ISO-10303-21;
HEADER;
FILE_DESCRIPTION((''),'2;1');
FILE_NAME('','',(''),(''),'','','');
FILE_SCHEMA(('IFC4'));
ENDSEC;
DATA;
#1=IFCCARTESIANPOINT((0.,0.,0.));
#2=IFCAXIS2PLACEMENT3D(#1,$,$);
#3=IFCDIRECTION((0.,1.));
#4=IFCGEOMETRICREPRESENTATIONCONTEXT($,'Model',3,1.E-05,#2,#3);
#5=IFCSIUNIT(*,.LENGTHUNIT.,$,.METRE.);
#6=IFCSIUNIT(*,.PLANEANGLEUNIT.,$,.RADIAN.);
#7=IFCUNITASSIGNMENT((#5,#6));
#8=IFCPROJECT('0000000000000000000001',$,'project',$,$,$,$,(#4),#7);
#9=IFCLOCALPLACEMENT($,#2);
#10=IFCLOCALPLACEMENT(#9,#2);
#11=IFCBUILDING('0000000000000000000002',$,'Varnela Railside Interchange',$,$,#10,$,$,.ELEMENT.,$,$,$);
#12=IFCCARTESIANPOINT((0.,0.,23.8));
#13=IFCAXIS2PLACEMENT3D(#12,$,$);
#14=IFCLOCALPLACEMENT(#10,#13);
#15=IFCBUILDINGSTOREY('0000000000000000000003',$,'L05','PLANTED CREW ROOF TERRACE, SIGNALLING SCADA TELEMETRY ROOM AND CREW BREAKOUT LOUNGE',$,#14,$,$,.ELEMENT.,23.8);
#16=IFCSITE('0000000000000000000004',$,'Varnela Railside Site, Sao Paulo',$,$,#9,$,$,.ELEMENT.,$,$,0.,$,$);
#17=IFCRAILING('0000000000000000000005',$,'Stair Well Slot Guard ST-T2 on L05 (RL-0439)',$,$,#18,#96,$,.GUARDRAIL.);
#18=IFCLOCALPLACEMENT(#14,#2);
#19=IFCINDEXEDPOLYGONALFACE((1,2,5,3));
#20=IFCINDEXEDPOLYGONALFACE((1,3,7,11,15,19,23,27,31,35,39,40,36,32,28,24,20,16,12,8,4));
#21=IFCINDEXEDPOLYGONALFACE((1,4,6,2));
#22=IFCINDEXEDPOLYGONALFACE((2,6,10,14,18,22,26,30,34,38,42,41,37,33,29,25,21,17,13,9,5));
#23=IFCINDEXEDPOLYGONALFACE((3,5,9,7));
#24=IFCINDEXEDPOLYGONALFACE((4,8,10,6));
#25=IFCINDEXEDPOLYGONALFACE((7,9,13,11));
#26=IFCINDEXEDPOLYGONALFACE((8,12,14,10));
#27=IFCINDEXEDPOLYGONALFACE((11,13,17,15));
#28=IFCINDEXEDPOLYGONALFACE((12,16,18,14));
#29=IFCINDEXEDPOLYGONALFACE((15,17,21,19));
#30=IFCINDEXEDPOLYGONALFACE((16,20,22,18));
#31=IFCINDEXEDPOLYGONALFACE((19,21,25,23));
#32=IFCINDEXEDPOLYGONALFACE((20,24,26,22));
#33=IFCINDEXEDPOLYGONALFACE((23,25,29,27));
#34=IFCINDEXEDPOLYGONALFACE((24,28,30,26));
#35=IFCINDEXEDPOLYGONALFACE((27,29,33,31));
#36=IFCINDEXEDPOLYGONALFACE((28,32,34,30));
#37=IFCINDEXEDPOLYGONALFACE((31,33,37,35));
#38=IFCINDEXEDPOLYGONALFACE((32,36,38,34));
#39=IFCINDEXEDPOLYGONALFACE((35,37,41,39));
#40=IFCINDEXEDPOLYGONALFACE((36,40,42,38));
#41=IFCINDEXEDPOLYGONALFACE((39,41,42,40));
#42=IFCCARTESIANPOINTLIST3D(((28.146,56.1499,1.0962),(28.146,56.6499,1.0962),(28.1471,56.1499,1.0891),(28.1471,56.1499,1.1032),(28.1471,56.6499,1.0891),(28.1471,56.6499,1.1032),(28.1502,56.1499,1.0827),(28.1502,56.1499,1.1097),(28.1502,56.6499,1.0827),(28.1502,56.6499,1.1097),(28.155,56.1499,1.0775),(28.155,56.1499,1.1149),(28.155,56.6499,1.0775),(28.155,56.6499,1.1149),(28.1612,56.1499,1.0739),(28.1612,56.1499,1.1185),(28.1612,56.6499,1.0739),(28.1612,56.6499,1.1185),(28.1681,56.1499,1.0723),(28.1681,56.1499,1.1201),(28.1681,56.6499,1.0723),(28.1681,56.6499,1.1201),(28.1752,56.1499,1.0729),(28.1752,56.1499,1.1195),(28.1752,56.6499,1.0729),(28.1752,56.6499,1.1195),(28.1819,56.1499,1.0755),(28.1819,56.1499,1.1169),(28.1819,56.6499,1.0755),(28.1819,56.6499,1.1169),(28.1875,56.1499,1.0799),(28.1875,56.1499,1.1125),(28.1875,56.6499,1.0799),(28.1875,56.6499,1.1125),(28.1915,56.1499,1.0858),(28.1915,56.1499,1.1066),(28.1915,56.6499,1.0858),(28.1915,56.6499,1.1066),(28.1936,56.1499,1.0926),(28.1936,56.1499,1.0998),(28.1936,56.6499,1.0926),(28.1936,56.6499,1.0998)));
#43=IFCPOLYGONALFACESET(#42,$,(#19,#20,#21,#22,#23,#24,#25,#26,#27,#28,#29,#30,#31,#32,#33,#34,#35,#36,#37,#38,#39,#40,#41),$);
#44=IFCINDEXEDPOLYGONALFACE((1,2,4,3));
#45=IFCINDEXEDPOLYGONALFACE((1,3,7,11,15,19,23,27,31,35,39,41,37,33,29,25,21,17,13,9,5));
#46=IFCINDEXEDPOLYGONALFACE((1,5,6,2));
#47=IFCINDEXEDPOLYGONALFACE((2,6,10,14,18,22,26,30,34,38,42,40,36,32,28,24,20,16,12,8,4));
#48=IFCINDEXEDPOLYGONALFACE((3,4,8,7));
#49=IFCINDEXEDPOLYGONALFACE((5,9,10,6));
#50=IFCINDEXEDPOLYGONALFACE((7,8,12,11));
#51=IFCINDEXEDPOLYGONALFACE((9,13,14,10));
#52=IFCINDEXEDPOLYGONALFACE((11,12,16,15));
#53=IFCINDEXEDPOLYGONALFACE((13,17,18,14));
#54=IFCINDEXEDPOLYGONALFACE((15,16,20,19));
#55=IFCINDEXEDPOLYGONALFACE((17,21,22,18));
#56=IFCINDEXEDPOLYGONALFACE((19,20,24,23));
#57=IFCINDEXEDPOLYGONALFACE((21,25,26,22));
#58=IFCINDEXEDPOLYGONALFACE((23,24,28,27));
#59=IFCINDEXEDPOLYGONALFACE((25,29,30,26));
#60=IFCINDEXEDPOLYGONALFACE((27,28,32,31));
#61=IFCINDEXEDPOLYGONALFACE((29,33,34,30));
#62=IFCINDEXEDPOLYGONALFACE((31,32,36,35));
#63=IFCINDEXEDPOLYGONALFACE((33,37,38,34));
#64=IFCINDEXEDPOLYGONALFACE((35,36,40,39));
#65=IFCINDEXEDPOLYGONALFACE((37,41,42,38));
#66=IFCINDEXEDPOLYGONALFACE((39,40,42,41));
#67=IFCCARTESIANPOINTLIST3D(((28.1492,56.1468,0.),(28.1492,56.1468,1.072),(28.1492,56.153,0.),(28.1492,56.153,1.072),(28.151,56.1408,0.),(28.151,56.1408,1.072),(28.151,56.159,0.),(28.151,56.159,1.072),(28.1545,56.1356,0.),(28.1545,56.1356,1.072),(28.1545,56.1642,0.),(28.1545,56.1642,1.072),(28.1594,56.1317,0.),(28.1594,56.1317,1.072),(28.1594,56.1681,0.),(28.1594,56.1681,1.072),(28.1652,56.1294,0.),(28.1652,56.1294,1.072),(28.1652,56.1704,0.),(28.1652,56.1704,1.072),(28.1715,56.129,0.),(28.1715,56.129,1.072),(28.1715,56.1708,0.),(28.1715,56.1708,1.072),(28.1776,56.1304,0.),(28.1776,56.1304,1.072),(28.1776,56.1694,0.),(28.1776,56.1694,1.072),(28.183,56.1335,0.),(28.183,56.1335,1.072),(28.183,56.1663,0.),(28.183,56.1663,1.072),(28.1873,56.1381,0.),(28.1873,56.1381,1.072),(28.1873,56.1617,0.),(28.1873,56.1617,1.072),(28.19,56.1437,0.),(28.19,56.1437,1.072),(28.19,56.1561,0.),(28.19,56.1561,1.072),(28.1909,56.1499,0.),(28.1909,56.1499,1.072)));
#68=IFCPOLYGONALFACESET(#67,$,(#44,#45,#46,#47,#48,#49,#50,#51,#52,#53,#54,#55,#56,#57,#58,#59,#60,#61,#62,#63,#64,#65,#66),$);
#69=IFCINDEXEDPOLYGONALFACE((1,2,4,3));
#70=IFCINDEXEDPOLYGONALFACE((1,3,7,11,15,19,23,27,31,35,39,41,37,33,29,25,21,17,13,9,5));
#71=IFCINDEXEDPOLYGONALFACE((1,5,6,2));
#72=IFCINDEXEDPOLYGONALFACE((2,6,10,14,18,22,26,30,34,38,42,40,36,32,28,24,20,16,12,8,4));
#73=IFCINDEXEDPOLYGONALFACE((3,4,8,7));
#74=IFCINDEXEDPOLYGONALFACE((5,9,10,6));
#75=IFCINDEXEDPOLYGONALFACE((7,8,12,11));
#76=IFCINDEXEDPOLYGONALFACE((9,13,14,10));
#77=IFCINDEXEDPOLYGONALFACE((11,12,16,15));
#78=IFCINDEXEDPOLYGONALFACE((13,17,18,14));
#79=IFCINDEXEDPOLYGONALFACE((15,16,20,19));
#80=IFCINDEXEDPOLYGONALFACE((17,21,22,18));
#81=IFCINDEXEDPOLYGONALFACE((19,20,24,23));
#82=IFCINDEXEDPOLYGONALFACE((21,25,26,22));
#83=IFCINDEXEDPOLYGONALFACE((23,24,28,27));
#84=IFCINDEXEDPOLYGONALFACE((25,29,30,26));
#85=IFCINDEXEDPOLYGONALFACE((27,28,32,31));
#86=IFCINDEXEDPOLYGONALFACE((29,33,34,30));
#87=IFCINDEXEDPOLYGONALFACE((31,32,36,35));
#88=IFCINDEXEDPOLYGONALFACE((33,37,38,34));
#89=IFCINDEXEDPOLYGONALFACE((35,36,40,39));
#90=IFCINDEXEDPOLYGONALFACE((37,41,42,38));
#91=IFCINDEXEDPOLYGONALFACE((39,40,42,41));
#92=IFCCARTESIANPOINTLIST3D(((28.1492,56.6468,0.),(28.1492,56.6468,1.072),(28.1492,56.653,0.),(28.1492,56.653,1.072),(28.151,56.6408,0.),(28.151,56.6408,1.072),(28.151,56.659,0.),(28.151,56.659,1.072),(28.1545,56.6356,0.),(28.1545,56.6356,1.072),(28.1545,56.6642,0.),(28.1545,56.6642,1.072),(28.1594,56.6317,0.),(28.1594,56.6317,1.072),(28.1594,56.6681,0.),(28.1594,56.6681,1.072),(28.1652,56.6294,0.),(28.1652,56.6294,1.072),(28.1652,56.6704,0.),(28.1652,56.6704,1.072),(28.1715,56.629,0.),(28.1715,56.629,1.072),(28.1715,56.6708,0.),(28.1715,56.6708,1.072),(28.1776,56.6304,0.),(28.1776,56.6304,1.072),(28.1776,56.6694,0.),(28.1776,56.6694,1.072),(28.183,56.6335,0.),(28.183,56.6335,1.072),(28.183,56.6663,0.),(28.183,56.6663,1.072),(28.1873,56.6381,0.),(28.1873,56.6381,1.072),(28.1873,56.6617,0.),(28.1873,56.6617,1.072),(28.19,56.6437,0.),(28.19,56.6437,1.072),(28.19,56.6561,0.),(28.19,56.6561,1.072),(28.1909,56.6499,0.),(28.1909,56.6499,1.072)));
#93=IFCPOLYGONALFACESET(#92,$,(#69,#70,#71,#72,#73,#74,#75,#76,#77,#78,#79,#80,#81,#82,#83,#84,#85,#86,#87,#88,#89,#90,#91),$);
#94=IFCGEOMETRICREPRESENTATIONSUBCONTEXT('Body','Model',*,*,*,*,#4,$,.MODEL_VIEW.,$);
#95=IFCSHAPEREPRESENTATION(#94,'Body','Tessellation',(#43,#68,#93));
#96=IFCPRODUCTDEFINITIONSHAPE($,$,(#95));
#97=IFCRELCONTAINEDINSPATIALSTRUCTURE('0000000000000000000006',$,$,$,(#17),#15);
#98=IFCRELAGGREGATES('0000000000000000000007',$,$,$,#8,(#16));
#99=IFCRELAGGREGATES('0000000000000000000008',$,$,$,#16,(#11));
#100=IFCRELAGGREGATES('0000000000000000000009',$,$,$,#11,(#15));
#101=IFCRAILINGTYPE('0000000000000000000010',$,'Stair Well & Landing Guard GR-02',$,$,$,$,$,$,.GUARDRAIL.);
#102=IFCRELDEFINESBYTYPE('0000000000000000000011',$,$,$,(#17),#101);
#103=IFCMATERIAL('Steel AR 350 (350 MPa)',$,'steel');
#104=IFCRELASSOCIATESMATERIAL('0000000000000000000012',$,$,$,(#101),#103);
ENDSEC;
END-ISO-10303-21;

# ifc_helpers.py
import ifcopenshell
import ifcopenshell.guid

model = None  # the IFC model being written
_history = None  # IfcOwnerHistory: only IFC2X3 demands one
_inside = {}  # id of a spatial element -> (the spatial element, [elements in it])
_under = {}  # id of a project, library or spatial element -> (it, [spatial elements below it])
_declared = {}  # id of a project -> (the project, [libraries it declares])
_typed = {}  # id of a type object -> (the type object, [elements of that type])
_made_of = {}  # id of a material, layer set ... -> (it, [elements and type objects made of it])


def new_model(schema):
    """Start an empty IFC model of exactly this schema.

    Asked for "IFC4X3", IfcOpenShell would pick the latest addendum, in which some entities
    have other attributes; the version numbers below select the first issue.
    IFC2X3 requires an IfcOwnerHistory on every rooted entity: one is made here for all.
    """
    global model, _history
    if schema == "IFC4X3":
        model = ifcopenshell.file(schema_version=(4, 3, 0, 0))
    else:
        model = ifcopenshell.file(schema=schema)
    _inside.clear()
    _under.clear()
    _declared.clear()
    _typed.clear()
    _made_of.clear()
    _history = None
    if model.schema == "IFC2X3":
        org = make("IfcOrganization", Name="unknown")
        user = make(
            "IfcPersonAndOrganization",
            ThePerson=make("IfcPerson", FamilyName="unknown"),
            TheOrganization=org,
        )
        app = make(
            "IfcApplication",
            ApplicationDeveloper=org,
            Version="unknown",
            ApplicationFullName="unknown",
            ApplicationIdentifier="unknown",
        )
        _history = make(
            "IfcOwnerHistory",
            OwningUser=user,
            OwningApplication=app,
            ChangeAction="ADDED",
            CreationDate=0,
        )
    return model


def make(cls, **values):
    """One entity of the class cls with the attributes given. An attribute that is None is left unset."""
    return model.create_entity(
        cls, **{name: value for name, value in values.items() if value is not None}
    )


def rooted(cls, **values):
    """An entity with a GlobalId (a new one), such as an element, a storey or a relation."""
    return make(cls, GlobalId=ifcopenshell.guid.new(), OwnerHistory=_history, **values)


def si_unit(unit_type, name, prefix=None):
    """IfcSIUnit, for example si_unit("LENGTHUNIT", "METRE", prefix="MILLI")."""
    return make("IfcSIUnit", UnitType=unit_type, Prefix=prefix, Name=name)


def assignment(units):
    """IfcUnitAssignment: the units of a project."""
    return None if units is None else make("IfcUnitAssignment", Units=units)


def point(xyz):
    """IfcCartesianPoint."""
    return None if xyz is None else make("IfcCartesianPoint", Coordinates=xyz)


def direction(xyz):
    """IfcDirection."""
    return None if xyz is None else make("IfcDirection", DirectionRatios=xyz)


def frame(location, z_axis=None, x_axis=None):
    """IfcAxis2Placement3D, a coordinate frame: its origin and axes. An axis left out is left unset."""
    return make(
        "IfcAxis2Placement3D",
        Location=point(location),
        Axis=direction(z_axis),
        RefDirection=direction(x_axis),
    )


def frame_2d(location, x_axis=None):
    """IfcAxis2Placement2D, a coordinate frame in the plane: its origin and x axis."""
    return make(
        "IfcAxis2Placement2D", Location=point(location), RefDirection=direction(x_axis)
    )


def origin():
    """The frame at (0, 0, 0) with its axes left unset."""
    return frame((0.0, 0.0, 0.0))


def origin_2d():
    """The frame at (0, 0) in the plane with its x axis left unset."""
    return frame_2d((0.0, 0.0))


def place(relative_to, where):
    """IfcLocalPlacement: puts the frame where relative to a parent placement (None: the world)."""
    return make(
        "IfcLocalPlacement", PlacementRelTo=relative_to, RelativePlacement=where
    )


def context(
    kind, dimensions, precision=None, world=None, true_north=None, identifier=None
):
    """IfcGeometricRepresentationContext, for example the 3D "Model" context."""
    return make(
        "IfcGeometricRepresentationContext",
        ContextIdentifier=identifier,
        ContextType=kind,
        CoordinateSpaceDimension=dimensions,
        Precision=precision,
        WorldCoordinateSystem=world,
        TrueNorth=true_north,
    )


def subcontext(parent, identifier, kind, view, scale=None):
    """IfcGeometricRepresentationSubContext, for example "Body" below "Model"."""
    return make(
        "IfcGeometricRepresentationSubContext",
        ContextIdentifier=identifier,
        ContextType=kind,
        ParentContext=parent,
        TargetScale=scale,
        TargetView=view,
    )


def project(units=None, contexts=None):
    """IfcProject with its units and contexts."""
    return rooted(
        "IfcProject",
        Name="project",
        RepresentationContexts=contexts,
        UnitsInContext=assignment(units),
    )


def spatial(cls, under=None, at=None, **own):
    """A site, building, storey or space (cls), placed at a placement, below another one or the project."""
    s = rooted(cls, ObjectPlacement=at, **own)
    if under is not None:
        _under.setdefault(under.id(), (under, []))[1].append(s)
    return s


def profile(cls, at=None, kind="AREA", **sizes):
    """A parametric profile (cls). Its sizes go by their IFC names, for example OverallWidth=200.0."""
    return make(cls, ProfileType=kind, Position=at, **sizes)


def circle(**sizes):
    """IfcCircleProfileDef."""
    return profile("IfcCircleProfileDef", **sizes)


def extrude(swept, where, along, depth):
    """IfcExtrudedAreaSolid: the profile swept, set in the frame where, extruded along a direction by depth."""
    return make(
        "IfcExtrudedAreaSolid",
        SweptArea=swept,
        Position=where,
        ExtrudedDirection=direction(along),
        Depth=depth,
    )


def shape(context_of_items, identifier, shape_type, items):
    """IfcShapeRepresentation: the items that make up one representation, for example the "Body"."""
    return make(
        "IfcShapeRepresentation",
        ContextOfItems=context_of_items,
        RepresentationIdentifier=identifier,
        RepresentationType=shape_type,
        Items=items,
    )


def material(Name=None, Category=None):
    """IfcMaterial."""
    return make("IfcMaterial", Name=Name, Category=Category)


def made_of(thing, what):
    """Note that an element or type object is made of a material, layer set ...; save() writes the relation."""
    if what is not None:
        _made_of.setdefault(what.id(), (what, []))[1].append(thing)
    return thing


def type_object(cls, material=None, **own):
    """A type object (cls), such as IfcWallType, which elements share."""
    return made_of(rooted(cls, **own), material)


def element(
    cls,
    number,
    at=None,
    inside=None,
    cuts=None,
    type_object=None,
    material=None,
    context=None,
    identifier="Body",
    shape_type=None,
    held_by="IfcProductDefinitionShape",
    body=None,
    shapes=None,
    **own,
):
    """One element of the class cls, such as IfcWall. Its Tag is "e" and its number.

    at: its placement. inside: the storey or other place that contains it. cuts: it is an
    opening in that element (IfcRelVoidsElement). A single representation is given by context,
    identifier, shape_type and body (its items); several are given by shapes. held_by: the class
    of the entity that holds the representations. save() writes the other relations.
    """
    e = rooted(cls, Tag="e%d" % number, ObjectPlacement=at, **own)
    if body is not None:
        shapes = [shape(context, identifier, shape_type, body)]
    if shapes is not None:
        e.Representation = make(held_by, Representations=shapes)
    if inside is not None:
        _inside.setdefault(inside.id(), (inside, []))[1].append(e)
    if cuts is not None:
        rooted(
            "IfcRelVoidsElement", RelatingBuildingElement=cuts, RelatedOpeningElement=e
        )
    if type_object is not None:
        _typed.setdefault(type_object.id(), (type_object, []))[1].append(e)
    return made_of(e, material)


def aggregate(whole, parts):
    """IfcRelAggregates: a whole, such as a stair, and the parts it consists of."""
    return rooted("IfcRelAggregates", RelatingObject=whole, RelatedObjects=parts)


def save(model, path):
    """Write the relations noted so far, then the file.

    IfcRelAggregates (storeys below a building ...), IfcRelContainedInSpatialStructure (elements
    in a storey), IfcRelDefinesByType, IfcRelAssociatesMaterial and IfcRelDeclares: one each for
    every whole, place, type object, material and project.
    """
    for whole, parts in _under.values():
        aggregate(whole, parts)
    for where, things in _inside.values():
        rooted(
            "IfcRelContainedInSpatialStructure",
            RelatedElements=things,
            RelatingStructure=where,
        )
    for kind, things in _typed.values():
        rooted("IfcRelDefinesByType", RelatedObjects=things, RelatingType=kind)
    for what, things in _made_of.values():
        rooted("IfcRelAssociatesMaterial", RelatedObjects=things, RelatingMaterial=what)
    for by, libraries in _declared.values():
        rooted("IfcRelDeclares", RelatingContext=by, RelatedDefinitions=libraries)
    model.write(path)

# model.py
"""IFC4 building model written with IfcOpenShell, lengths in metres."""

from ifc_helpers import new_model, si_unit, direction, frame, origin, origin_2d, place, context, subcontext, project, spatial, circle, extrude, material, type_object, element, save


model = new_model("IFC4")

# Units and contexts
model_context = context("Model", 3, precision=1e-05, world=origin(), true_north=direction((0.0, 1.0)))
body_context = subcontext(model_context, "Body", "Model", "MODEL_VIEW")
ifc_project = project(units=[si_unit("LENGTHUNIT", "METRE"), si_unit("PLANEANGLEUNIT", "RADIAN")], contexts=[model_context])

# Site, building, storey
site_placement = place(None, origin())
site = spatial("IfcSite", under=ifc_project, at=site_placement, Name="Varnela Railside Site, Sao Paulo", CompositionType="ELEMENT", RefElevation=0.0)
building_placement = place(site_placement, origin())
building = spatial("IfcBuilding", under=site, at=building_placement, Name="Varnela Railside Interchange", CompositionType="ELEMENT")
storey_placement = place(building_placement, frame((0.0, 0.0, 23.8)))
storey = spatial("IfcBuildingStorey", under=building, at=storey_placement, Name="L05", Description="PLANTED CREW ROOF TERRACE, SIGNALLING SCADA TELEMETRY ROOM AND CREW BREAKOUT LOUNGE", CompositionType="ELEMENT", Elevation=23.8)

# Shared definitions
ifc_material_1 = material(Name="Steel AR 350 (350 MPa)", Category="steel")

# Railing
railing_type_1 = type_object("IfcRailingType", Name="Stair Well & Landing Guard GR-02", PredefinedType="GUARDRAIL", material=ifc_material_1)
railing_1_placement = place(storey_placement, frame((28.1699, 56.1499, 0.0)))
element("IfcRailing", 1, at=railing_1_placement, inside=storey, type_object=railing_type_1, Name="Stair Well Slot Guard ST-T2 on L05 (RL-0439)", PredefinedType="GUARDRAIL", context=body_context, shape_type="SweptSolid", body=[
    extrude(circle(Radius=0.0239, at=origin_2d()), frame((0.0, 0.0, 1.0962), z_axis=(0.0, 1.0, 0.0), x_axis=(-1.0, 0.0, 0.0)), (0.0, 0.0, 1.0), 0.5),
    extrude(circle(Radius=0.021, at=origin_2d()), origin(), (0.0, 0.0, 1.0), 1.072),
    extrude(circle(Radius=0.021, at=origin_2d()), frame((0.0, 0.5, 0.0)), (0.0, 0.0, 1.0), 1.072),
])

save(model, "model.ifc")
